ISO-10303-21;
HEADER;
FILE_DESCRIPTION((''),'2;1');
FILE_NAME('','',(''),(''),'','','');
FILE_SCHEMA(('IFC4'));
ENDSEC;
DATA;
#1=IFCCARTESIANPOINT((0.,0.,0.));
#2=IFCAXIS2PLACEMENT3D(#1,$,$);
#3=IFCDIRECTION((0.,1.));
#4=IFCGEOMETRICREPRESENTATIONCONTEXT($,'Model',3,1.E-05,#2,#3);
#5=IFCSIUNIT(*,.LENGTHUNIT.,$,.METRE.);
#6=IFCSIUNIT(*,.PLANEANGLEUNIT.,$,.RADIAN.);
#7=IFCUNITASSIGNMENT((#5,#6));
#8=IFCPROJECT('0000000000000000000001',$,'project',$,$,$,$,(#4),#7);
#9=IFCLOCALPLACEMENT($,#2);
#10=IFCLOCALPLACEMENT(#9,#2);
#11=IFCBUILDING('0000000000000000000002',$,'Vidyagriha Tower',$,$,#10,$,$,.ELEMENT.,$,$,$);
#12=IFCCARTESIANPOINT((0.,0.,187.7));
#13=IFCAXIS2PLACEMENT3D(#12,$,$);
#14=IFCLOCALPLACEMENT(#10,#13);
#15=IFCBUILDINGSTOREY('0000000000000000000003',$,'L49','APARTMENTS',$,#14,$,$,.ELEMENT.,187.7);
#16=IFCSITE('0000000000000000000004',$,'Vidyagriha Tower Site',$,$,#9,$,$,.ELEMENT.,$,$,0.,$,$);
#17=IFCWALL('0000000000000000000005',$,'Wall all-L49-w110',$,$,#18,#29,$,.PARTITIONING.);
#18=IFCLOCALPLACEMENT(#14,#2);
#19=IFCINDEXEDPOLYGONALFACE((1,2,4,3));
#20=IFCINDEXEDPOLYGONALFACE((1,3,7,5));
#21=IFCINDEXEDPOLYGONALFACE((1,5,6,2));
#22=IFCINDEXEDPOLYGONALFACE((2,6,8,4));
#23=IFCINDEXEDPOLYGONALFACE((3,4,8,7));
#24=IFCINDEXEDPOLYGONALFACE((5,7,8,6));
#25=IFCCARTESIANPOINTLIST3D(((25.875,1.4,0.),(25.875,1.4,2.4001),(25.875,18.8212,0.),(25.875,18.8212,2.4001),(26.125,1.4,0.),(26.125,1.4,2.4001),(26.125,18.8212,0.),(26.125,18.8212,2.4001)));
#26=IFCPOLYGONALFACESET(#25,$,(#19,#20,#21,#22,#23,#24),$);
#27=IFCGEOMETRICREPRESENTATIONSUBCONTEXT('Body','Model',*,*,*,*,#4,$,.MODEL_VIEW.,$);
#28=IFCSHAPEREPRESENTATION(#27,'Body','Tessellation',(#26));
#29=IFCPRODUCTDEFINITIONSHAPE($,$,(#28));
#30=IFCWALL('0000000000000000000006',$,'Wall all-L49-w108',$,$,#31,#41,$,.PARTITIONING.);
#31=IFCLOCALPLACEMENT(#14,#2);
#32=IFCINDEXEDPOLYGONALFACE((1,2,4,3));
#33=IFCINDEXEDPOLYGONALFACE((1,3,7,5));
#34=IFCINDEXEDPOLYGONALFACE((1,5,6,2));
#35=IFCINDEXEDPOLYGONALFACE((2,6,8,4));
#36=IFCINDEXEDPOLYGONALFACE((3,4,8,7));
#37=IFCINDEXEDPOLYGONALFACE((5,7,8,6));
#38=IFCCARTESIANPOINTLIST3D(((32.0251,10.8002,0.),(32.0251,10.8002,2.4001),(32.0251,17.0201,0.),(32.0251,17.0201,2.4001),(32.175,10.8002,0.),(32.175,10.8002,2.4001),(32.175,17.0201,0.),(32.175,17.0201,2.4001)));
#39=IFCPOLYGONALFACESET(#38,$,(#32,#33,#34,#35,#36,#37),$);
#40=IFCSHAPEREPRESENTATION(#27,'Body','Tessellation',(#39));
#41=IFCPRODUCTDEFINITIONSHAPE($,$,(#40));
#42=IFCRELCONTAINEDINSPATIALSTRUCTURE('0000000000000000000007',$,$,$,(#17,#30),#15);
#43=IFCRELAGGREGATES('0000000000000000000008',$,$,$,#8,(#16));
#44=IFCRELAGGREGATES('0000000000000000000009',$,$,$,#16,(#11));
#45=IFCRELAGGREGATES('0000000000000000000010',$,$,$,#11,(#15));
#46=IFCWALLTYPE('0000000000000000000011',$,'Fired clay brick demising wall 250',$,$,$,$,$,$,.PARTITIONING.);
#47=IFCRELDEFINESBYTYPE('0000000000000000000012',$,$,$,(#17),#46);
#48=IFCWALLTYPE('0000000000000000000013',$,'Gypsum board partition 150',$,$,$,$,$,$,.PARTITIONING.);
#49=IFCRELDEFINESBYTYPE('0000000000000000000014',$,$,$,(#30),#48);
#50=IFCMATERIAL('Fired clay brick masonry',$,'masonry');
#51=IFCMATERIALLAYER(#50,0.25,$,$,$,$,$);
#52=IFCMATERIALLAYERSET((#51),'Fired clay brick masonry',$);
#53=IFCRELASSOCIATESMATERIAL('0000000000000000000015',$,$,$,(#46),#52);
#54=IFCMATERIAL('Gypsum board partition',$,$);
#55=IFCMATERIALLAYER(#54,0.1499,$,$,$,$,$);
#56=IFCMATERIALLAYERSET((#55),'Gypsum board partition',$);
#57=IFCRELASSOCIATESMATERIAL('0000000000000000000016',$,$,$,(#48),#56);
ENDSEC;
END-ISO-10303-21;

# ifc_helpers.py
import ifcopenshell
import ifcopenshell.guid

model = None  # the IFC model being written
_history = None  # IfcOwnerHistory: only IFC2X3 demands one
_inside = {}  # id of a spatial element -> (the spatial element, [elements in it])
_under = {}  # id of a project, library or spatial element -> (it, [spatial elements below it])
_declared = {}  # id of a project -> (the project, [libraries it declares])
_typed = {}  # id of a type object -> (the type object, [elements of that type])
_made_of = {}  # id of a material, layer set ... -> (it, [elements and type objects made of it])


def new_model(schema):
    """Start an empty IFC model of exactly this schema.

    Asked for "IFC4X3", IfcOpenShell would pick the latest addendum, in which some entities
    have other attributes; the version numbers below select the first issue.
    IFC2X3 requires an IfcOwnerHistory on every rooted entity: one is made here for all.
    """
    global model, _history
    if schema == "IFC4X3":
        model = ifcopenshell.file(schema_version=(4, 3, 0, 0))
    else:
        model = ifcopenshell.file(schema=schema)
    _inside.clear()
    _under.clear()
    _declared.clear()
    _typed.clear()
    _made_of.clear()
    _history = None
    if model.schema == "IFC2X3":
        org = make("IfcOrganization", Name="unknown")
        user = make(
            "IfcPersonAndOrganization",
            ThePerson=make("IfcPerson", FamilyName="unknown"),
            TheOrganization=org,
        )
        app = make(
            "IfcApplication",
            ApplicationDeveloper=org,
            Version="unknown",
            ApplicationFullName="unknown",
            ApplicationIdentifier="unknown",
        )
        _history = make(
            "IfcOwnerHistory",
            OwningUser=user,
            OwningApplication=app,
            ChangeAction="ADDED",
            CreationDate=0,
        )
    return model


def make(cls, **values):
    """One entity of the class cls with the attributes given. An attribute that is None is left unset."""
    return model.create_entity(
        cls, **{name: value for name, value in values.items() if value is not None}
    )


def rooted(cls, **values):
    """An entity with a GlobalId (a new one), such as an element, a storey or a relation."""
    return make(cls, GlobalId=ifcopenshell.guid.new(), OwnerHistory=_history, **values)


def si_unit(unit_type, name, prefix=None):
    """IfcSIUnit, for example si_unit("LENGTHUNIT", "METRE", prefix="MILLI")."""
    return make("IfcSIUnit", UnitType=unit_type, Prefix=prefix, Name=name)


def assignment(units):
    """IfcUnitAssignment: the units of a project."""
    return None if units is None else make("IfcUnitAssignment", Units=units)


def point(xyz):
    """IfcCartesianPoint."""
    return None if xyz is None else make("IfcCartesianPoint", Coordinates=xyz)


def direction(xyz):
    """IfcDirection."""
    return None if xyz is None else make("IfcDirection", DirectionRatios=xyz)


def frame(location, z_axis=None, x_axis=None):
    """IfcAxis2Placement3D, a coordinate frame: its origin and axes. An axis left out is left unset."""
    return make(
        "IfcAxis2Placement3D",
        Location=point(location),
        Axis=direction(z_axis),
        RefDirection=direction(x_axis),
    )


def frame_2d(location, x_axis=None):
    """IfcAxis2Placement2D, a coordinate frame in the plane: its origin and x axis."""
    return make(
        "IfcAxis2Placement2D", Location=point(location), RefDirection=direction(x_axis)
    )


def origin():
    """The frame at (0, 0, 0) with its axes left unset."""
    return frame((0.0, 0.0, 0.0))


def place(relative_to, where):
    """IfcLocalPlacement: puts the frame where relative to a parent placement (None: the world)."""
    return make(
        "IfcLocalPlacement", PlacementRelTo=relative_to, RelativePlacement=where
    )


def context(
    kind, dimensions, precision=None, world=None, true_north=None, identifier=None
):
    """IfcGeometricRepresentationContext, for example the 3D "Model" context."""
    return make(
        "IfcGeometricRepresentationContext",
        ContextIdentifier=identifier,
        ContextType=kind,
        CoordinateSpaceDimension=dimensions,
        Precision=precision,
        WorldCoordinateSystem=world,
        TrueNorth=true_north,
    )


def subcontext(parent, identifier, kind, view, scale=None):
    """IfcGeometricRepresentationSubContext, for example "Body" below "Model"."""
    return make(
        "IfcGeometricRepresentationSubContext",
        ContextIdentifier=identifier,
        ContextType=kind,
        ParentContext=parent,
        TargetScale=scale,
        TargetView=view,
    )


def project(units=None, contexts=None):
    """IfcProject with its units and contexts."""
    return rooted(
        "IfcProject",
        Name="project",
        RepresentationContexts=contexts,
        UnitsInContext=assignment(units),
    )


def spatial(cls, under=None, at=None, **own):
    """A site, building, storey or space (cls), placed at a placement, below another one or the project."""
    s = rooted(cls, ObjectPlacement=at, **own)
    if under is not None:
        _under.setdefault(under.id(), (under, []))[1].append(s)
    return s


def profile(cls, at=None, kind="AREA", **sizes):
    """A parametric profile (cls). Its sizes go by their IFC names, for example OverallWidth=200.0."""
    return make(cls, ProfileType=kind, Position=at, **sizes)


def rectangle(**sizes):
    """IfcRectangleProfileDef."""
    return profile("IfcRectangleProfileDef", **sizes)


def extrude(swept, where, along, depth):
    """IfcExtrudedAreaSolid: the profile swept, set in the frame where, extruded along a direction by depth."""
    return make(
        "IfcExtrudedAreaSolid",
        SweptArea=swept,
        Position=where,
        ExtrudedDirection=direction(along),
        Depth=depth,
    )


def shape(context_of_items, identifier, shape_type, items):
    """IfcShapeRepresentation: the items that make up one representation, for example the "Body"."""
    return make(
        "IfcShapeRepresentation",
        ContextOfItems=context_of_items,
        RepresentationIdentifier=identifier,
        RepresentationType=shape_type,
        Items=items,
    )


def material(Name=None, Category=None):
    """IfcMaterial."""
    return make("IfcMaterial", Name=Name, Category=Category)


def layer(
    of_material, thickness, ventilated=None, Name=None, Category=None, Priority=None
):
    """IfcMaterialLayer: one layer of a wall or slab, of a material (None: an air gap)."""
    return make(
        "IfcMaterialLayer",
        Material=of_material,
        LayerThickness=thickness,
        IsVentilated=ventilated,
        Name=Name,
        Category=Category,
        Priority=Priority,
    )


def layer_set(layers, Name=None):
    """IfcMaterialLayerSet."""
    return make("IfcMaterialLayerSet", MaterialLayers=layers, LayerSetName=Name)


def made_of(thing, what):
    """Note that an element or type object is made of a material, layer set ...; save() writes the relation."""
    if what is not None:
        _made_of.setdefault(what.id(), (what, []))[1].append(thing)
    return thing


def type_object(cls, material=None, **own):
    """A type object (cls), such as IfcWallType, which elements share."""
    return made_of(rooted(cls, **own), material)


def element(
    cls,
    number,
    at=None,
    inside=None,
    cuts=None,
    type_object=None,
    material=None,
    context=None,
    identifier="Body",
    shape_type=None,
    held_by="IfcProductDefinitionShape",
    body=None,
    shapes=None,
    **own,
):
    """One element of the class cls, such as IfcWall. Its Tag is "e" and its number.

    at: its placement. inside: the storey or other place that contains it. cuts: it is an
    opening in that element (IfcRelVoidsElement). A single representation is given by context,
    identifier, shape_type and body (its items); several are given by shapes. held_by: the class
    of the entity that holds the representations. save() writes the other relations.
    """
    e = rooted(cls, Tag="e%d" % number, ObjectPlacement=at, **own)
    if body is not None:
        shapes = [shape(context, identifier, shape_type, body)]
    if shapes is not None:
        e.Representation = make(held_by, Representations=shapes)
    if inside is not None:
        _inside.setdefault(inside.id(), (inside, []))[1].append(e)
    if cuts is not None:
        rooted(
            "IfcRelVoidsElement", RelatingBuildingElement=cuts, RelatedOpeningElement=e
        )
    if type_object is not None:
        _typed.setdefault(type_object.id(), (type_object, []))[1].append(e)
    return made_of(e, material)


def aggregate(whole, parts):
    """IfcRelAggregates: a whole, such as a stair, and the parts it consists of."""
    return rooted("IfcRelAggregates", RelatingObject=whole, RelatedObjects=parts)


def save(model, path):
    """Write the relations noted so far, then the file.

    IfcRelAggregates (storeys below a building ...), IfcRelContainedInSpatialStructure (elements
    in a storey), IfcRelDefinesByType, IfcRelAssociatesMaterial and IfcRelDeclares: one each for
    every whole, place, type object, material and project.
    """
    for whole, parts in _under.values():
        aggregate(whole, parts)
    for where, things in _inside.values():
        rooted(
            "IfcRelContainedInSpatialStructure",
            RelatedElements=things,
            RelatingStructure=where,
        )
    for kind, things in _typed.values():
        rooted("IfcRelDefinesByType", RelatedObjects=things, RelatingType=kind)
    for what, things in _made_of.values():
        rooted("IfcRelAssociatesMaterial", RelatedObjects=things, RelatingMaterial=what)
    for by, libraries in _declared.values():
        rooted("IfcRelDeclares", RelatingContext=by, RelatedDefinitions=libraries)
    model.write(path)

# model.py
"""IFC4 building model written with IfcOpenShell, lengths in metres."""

from ifc_helpers import new_model, si_unit, direction, frame, frame_2d, origin, place, context, subcontext, project, spatial, rectangle, extrude, material, layer, layer_set, type_object, element, save


model = new_model("IFC4")

# Units and contexts
model_context = context("Model", 3, precision=1e-05, world=origin(), true_north=direction((0.0, 1.0)))
body_context = subcontext(model_context, "Body", "Model", "MODEL_VIEW")
ifc_project = project(units=[si_unit("LENGTHUNIT", "METRE"), si_unit("PLANEANGLEUNIT", "RADIAN")], contexts=[model_context])

# Site, building, storey
site_placement = place(None, origin())
site = spatial("IfcSite", under=ifc_project, at=site_placement, Name="Vidyagriha Tower Site", CompositionType="ELEMENT", RefElevation=0.0)
building_placement = place(site_placement, origin())
building = spatial("IfcBuilding", under=site, at=building_placement, Name="Vidyagriha Tower", CompositionType="ELEMENT")
storey_placement = place(building_placement, frame((0.0, 0.0, 187.7)))
storey = spatial("IfcBuildingStorey", under=building, at=storey_placement, Name="L49", Description="APARTMENTS", CompositionType="ELEMENT", Elevation=187.7)

# Walls
ifc_material_1 = material(Name="Fired clay brick masonry", Category="masonry")
ifc_layer_1 = layer(ifc_material_1, 0.25)
ifc_layer_set_1 = layer_set([ifc_layer_1], Name="Fired clay brick masonry")
wall_type_1 = type_object("IfcWallType", Name="Fired clay brick demising wall 250", PredefinedType="PARTITIONING", material=ifc_layer_set_1)
wall_1_placement = place(storey_placement, frame((26.0, 18.821, 0.0), z_axis=(0.0, 0.0, 1.0), x_axis=(0.0, -1.0, 0.0)))
element("IfcWall", 1, at=wall_1_placement, inside=storey, type_object=wall_type_1, Name="Wall all-L49-w110", PredefinedType="PARTITIONING", context=body_context, shape_type="SweptSolid", body=[
    extrude(rectangle(XDim=17.4211, YDim=0.25, at=frame_2d((8.7104, 0.0))), origin(), (0.0, 0.0, 1.0), 2.4001),
])
ifc_material_2 = material(Name="Gypsum board partition")
ifc_layer_2 = layer(ifc_material_2, 0.1499)
ifc_layer_set_2 = layer_set([ifc_layer_2], Name="Gypsum board partition")
wall_type_2 = type_object("IfcWallType", Name="Gypsum board partition 150", PredefinedType="PARTITIONING", material=ifc_layer_set_2)
wall_2_placement = place(storey_placement, frame((32.1001, 17.02, 0.0), z_axis=(0.0, 0.0, 1.0), x_axis=(0.0, -1.0, 0.0)))
element("IfcWall", 2, at=wall_2_placement, inside=storey, type_object=wall_type_2, Name="Wall all-L49-w108", PredefinedType="PARTITIONING", context=body_context, shape_type="SweptSolid", body=[
    extrude(rectangle(XDim=6.22, YDim=0.1499, at=frame_2d((3.1099, 0.0))), origin(), (0.0, 0.0, 1.0), 2.4001),
])

save(model, "model.ifc")
